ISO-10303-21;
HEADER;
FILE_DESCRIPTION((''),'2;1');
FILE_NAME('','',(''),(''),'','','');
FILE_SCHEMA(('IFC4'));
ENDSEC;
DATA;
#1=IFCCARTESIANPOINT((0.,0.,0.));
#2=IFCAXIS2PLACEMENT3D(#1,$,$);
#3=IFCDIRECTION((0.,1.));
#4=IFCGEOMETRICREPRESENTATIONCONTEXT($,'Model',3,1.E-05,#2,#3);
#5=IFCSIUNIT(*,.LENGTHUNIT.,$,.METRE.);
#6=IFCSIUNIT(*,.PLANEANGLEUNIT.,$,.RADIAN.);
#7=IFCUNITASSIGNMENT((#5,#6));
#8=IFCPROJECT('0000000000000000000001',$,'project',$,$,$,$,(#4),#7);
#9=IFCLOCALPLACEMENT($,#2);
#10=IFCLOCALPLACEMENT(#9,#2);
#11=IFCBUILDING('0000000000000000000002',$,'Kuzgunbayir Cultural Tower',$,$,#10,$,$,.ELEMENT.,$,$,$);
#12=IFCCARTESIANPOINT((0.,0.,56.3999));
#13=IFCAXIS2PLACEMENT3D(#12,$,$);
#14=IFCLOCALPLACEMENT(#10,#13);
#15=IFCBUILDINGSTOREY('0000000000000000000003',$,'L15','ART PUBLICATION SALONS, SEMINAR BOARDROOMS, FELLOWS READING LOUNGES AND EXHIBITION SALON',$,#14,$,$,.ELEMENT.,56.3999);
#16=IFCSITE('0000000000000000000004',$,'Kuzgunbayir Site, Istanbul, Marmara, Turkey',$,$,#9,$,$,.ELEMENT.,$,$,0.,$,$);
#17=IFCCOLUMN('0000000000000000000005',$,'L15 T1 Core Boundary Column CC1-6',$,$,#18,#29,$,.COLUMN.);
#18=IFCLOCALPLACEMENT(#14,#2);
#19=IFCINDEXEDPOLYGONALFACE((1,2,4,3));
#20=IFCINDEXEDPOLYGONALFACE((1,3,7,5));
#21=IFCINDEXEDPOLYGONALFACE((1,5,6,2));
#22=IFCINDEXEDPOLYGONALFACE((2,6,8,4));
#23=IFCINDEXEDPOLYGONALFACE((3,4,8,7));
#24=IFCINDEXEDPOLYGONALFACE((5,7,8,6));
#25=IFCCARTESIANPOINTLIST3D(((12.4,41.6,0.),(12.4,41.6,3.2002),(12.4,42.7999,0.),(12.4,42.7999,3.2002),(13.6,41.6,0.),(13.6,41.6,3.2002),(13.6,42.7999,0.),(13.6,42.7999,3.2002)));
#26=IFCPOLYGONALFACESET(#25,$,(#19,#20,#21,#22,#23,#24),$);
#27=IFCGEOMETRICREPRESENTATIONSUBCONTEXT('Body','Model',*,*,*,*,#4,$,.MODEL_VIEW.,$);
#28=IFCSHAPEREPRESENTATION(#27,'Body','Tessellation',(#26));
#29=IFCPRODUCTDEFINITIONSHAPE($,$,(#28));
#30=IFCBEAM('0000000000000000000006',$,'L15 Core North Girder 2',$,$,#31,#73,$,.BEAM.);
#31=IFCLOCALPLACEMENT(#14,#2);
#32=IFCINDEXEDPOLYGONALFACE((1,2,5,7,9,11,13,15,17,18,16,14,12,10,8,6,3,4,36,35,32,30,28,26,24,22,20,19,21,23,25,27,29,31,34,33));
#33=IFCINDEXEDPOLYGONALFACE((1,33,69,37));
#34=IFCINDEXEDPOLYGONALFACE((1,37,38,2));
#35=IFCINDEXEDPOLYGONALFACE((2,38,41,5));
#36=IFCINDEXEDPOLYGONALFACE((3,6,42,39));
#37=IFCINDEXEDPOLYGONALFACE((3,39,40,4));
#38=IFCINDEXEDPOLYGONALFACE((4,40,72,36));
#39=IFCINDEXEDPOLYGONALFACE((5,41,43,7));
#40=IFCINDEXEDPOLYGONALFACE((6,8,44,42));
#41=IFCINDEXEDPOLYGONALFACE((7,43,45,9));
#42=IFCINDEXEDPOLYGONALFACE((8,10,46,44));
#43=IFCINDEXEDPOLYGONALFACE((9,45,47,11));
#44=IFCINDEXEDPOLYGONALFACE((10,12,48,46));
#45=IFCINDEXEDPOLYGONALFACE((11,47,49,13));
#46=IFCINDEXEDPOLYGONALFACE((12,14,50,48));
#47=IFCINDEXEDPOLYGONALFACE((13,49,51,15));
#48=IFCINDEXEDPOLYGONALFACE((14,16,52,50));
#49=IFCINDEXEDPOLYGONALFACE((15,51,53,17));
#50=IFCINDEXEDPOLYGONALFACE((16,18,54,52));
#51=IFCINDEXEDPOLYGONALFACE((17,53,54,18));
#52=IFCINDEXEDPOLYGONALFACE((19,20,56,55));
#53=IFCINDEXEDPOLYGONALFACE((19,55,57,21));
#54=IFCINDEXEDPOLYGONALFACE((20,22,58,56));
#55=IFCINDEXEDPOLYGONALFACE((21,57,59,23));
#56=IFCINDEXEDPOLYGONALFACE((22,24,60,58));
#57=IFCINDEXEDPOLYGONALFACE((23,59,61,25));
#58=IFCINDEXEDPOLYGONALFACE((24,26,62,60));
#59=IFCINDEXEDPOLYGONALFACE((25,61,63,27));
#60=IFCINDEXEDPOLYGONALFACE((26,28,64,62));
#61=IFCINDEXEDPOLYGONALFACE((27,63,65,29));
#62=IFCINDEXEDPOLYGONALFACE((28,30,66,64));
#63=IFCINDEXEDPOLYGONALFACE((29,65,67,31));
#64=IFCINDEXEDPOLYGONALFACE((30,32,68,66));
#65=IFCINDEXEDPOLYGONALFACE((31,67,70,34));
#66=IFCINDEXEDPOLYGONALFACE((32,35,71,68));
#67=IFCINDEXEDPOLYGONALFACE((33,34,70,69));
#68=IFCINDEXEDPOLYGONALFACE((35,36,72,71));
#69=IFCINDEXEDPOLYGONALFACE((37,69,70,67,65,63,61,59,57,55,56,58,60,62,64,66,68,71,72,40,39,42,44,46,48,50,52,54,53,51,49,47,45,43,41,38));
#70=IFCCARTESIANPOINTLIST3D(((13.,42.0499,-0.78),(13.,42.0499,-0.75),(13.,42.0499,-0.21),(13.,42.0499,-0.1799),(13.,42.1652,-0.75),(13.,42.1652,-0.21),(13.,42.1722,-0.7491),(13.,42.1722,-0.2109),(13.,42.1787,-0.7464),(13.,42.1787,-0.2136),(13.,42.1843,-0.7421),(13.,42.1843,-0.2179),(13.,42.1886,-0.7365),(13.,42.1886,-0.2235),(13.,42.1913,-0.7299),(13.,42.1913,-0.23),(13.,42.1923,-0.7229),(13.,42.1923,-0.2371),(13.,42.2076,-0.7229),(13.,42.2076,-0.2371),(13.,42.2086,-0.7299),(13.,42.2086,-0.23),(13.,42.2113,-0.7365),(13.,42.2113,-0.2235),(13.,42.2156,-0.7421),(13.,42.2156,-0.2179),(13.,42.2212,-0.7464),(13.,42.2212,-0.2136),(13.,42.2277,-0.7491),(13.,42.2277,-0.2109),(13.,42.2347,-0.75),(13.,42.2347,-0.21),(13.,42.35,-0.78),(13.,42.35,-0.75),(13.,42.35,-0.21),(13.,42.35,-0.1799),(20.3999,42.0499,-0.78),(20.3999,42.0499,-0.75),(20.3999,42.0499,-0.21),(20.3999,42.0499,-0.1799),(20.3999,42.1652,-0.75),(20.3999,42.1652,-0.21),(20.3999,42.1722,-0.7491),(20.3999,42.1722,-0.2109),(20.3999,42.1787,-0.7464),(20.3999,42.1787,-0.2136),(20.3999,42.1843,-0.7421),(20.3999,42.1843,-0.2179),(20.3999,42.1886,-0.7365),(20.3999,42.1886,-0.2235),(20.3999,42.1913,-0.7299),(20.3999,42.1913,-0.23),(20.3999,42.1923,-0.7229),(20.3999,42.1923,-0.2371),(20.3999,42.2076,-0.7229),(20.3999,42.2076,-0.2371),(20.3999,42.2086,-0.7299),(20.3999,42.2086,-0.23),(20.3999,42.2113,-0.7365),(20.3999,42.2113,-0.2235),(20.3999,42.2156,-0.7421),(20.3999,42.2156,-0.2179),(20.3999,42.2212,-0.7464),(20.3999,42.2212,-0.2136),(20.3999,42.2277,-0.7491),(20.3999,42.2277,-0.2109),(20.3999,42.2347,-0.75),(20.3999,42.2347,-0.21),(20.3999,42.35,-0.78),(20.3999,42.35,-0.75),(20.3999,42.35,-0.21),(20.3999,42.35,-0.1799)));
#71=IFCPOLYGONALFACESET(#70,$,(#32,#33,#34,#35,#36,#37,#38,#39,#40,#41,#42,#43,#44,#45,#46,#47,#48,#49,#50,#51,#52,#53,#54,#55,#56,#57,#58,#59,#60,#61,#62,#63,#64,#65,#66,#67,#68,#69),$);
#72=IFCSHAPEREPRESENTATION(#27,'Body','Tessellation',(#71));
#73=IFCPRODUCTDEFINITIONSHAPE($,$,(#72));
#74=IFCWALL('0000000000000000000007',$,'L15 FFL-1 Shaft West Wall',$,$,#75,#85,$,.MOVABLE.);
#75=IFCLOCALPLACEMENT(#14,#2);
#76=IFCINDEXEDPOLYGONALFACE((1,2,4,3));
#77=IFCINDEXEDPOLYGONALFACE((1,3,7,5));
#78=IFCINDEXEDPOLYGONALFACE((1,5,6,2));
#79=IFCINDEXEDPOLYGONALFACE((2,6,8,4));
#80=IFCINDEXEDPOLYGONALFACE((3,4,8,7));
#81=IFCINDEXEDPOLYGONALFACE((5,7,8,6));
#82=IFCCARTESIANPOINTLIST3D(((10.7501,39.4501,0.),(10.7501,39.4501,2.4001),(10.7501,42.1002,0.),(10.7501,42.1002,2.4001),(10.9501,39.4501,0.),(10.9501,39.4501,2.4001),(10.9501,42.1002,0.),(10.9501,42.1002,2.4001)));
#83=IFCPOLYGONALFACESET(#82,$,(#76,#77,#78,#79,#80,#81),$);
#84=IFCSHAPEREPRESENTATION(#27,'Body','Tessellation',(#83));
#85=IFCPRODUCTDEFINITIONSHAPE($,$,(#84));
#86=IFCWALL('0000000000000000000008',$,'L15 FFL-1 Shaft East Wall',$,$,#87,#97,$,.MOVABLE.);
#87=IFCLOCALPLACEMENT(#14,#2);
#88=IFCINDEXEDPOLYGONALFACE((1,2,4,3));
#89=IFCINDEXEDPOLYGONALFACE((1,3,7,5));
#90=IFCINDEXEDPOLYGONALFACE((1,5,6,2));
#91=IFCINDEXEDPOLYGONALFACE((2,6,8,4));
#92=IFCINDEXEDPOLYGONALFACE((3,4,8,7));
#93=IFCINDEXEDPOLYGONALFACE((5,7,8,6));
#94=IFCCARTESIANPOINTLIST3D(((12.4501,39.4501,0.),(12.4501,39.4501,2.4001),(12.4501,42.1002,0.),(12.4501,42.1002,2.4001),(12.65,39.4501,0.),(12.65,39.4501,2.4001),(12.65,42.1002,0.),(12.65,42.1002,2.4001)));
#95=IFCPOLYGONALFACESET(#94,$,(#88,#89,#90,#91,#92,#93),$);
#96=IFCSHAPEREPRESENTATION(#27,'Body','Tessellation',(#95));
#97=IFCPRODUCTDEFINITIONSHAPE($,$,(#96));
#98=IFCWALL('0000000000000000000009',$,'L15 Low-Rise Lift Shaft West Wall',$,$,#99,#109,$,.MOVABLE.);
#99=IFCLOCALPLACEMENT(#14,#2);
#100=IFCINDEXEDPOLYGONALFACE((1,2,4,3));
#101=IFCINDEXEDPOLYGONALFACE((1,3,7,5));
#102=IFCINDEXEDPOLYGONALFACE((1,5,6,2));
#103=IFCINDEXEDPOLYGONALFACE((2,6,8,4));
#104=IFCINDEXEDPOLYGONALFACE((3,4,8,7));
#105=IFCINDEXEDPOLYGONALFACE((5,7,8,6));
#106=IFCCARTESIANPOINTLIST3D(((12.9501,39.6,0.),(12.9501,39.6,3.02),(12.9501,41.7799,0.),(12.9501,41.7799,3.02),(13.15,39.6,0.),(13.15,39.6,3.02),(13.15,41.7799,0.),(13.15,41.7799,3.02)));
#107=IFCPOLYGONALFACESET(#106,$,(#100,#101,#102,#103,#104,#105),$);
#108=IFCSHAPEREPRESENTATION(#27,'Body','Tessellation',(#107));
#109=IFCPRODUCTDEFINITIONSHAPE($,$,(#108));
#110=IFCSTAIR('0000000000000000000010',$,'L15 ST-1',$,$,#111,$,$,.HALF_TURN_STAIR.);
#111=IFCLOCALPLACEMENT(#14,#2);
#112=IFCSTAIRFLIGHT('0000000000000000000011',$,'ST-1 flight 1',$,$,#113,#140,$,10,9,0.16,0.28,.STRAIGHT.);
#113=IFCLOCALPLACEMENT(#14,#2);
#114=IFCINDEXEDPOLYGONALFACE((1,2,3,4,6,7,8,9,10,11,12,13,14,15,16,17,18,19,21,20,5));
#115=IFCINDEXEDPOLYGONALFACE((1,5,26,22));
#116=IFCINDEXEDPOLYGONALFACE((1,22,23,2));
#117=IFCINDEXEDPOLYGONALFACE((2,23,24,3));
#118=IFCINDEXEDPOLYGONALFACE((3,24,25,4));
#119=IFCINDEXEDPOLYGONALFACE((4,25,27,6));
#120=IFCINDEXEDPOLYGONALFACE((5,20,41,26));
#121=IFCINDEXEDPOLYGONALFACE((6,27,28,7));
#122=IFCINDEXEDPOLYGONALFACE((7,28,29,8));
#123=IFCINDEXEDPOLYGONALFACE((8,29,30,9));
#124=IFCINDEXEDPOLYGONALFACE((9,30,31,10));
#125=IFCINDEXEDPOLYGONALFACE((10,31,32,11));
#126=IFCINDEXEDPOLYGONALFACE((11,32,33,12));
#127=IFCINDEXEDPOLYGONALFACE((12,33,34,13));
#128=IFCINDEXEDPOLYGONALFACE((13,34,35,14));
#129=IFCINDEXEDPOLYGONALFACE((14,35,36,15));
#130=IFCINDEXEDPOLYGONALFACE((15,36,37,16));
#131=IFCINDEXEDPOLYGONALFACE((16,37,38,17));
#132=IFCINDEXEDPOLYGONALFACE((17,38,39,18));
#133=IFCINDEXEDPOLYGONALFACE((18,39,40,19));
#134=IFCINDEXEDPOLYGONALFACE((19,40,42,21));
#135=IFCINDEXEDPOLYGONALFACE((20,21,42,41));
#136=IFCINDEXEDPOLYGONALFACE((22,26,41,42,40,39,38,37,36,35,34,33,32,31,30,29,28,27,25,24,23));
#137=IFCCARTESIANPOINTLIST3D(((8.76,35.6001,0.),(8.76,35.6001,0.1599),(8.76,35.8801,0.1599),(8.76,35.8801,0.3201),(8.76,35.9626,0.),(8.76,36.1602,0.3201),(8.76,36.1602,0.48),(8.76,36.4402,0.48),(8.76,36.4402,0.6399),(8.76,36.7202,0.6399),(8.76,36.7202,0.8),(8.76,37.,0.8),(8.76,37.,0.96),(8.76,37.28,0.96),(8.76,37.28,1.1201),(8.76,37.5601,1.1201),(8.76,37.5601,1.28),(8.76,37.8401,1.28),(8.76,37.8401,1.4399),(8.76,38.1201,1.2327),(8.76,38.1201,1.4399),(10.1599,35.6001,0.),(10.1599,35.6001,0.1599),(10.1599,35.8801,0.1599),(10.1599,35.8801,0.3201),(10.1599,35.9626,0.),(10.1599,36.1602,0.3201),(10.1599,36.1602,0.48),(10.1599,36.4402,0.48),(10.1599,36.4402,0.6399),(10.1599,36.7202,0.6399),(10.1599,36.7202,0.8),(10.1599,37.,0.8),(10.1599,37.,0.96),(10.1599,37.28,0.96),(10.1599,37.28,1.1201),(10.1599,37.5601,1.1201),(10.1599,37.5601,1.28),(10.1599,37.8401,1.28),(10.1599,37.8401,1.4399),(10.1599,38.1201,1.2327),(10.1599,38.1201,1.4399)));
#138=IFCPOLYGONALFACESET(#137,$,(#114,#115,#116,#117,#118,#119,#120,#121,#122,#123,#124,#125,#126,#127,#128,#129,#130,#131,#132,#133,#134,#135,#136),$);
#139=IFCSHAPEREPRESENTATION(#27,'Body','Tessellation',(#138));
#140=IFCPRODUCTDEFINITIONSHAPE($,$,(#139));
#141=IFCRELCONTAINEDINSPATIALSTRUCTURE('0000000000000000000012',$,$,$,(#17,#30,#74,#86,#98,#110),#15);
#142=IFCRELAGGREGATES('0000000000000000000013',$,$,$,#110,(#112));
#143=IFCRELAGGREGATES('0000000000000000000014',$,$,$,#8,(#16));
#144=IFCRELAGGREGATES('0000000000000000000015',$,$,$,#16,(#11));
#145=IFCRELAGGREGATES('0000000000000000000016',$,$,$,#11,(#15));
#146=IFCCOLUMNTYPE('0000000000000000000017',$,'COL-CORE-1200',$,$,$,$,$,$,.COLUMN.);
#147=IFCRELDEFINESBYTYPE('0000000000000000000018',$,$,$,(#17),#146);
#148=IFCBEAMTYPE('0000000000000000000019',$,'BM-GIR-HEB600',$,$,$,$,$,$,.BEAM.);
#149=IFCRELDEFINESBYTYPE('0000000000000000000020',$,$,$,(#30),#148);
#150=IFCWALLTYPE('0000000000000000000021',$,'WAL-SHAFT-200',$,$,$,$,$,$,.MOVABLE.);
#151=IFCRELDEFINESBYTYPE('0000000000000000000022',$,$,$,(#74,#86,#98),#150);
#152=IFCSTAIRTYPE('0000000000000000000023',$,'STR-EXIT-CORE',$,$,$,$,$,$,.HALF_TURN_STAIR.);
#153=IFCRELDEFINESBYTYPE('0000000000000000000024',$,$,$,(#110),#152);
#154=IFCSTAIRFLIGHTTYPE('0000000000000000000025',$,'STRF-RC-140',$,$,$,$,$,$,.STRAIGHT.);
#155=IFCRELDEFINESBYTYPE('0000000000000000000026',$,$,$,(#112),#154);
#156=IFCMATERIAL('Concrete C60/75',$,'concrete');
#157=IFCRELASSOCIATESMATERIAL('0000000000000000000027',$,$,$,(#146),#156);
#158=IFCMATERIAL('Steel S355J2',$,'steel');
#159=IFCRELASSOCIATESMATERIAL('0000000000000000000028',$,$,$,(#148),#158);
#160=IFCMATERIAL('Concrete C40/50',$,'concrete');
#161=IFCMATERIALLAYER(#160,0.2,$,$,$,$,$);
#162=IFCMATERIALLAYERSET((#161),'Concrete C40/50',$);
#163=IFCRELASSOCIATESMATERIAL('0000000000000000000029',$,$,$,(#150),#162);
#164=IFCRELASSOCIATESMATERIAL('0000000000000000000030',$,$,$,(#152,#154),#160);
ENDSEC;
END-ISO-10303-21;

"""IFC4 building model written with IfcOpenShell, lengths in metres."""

from ifc_helpers import new_model, si_unit, direction, frame, frame_2d, origin, origin_2d, place, context, subcontext, project, spatial, polyline, rectangle, i_section, outline, extrude, material, layer, layer_set, material_profile, profile_set, type_object, element, aggregate, save


model = new_model("IFC4")

# Units and contexts
model_context = context("Model", 3, precision=1e-05, world=origin(), true_north=direction((0.0, 1.0)))
body_context = subcontext(model_context, "Body", "Model", "MODEL_VIEW")
ifc_project = project(units=[si_unit("LENGTHUNIT", "METRE"), si_unit("PLANEANGLEUNIT", "RADIAN")], contexts=[model_context])

# Site, building, storey
site_placement = place(None, origin())
site = spatial("IfcSite", under=ifc_project, at=site_placement, Name="Kuzgunbayir Site, Istanbul, Marmara, Turkey", CompositionType="ELEMENT", RefElevation=0.0)
building_placement = place(site_placement, origin())
building = spatial("IfcBuilding", under=site, at=building_placement, Name="Kuzgunbayir Cultural Tower", CompositionType="ELEMENT")
storey_placement = place(building_placement, frame((0.0, 0.0, 56.3999)))
storey = spatial("IfcBuildingStorey", under=building, at=storey_placement, Name="L15", Description="ART PUBLICATION SALONS, SEMINAR BOARDROOMS, FELLOWS READING LOUNGES AND EXHIBITION SALON", CompositionType="ELEMENT", Elevation=56.3999)

# Column
ifc_material_1 = material(Name="Concrete C60/75", Category="concrete")
ifc_material_profile_1 = material_profile(ifc_material_1, rectangle(XDim=1.2, YDim=1.2, at=origin_2d()), Name="RC 1200x1200")
ifc_profile_set_1 = profile_set([ifc_material_profile_1], Name="Concrete C60/75")
column_type = type_object("IfcColumnType", Name="COL-CORE-1200", PredefinedType="COLUMN", material=ifc_profile_set_1)
column_placement = place(storey_placement, frame((13.0, 42.2, 0.0), z_axis=(0.0, 0.0, 1.0), x_axis=(1.0, 0.0, 0.0)))
element("IfcColumn", 1, at=column_placement, inside=storey, type_object=column_type, Name="L15 T1 Core Boundary Column CC1-6", PredefinedType="COLUMN", context=body_context, shape_type="SweptSolid", body=[
    extrude(rectangle(XDim=1.2, YDim=1.2, at=origin_2d()), origin(), (0.0, 0.0, 1.0), 3.2002),
])

# Beam
ifc_material_2 = material(Name="Steel S355J2", Category="steel")
ifc_material_profile_2 = material_profile(ifc_material_2, i_section(OverallWidth=0.3, OverallDepth=0.6001, WebThickness=0.0154, FlangeThickness=0.03, FilletRadius=0.0271, at=origin_2d()), Name="HEB 600")
ifc_profile_set_2 = profile_set([ifc_material_profile_2], Name="Steel S355J2")
beam_type = type_object("IfcBeamType", Name="BM-GIR-HEB600", PredefinedType="BEAM", material=ifc_profile_set_2)
beam_placement = place(storey_placement, frame((13.0, 42.2, -0.48), z_axis=(1.0, 0.0, 0.0), x_axis=(0.0, 1.0, 0.0)))
element("IfcBeam", 2, at=beam_placement, inside=storey, type_object=beam_type, Name="L15 Core North Girder 2", PredefinedType="BEAM", context=body_context, shape_type="SweptSolid", body=[
    extrude(i_section(OverallWidth=0.3, OverallDepth=0.6001, WebThickness=0.0154, FlangeThickness=0.03, FilletRadius=0.0271, at=origin_2d()), origin(), (0.0, 0.0, 1.0), 7.3999),
])

# Shared definitions
ifc_material_3 = material(Name="Concrete C40/50", Category="concrete")
ifc_layer_1 = layer(ifc_material_3, 0.2)
ifc_layer_set_1 = layer_set([ifc_layer_1], Name="Concrete C40/50")
wall_type = type_object("IfcWallType", Name="WAL-SHAFT-200", PredefinedType="MOVABLE", material=ifc_layer_set_1)

# Walls
for number, where, z_axis, x_axis, name in (
    (3, (10.8501, 39.45, 0.0), (0.0, 0.0, 1.0), (0.0, 1.0, 0.0), "L15 FFL-1 Shaft West Wall"),
    (4, (12.55, 39.45, 0.0), (0.0, 0.0, 1.0), (0.0, 1.0, 0.0), "L15 FFL-1 Shaft East Wall"),
):
    element("IfcWall", number, at=place(storey_placement, frame(where, z_axis=z_axis, x_axis=x_axis)), inside=storey, type_object=wall_type, Name=name, PredefinedType="MOVABLE", context=body_context, shape_type="SweptSolid", body=[
        extrude(rectangle(XDim=2.6501, YDim=0.2, at=frame_2d((1.3252, 0.0))), origin(), (0.0, 0.0, 1.0), 2.4001),
    ])

# Wall
wall_1_placement = place(storey_placement, frame((13.05, 39.6001, 0.0), z_axis=(0.0, 0.0, 1.0), x_axis=(0.0, 1.0, 0.0)))
element("IfcWall", 5, at=wall_1_placement, inside=storey, type_object=wall_type, Name="L15 Low-Rise Lift Shaft West Wall", PredefinedType="MOVABLE", context=body_context, shape_type="SweptSolid", body=[
    extrude(rectangle(XDim=2.1799, YDim=0.2, at=frame_2d((1.0898, 0.0))), origin(), (0.0, 0.0, 1.0), 3.02),
])

# Stair, stair flight
stair_type = type_object("IfcStairType", Name="STR-EXIT-CORE", PredefinedType="HALF_TURN_STAIR", material=ifc_material_3)
stair_placement = place(storey_placement, origin())
stair = element("IfcStair", 6, at=stair_placement, inside=storey, type_object=stair_type, Name="L15 ST-1", PredefinedType="HALF_TURN_STAIR")
stair_flight_type = type_object("IfcStairFlightType", Name="STRF-RC-140", PredefinedType="STRAIGHT", material=ifc_material_3)
stair_flight_placement = place(storey_placement, frame((9.46, 35.6001, 0.0), z_axis=(0.0, 0.0, 1.0), x_axis=(0.0, 1.0, 0.0)))
stair_flight = element("IfcStairFlight", 7, at=stair_flight_placement, type_object=stair_flight_type, Name="ST-1 flight 1", NumberOfRisers=10, NumberOfTreads=9, PredefinedType="STRAIGHT", RiserHeight=0.16, TreadLength=0.28, context=body_context, shape_type="SweptSolid", body=[
    extrude(outline(polyline([(0.0, 0.0), (0.0, 0.1599), (0.28, 0.1599), (0.28, 0.3201), (0.5601, 0.3201), (0.5601, 0.48), (0.8401, 0.48), (0.8401, 0.6399), (1.1201, 0.6399), (1.1201, 0.8), (1.3999, 0.8), (1.3999, 0.96), (1.6799, 0.96), (1.6799, 1.1201), (1.96, 1.1201), (1.96, 1.28), (2.24, 1.28), (2.24, 1.4399), (2.52, 1.4399), (2.52, 1.6001), (2.52, 1.2327), (0.3625, 0.0), (0.0, 0.0)])), frame((0.0, 0.7, 0.0), z_axis=(0.0, -1.0, 0.0), x_axis=(1.0, 0.0, 0.0)), (0.0, 0.0, 1.0), 1.3999),
])
aggregate(stair, [stair_flight])

save(model, "model.ifc")
